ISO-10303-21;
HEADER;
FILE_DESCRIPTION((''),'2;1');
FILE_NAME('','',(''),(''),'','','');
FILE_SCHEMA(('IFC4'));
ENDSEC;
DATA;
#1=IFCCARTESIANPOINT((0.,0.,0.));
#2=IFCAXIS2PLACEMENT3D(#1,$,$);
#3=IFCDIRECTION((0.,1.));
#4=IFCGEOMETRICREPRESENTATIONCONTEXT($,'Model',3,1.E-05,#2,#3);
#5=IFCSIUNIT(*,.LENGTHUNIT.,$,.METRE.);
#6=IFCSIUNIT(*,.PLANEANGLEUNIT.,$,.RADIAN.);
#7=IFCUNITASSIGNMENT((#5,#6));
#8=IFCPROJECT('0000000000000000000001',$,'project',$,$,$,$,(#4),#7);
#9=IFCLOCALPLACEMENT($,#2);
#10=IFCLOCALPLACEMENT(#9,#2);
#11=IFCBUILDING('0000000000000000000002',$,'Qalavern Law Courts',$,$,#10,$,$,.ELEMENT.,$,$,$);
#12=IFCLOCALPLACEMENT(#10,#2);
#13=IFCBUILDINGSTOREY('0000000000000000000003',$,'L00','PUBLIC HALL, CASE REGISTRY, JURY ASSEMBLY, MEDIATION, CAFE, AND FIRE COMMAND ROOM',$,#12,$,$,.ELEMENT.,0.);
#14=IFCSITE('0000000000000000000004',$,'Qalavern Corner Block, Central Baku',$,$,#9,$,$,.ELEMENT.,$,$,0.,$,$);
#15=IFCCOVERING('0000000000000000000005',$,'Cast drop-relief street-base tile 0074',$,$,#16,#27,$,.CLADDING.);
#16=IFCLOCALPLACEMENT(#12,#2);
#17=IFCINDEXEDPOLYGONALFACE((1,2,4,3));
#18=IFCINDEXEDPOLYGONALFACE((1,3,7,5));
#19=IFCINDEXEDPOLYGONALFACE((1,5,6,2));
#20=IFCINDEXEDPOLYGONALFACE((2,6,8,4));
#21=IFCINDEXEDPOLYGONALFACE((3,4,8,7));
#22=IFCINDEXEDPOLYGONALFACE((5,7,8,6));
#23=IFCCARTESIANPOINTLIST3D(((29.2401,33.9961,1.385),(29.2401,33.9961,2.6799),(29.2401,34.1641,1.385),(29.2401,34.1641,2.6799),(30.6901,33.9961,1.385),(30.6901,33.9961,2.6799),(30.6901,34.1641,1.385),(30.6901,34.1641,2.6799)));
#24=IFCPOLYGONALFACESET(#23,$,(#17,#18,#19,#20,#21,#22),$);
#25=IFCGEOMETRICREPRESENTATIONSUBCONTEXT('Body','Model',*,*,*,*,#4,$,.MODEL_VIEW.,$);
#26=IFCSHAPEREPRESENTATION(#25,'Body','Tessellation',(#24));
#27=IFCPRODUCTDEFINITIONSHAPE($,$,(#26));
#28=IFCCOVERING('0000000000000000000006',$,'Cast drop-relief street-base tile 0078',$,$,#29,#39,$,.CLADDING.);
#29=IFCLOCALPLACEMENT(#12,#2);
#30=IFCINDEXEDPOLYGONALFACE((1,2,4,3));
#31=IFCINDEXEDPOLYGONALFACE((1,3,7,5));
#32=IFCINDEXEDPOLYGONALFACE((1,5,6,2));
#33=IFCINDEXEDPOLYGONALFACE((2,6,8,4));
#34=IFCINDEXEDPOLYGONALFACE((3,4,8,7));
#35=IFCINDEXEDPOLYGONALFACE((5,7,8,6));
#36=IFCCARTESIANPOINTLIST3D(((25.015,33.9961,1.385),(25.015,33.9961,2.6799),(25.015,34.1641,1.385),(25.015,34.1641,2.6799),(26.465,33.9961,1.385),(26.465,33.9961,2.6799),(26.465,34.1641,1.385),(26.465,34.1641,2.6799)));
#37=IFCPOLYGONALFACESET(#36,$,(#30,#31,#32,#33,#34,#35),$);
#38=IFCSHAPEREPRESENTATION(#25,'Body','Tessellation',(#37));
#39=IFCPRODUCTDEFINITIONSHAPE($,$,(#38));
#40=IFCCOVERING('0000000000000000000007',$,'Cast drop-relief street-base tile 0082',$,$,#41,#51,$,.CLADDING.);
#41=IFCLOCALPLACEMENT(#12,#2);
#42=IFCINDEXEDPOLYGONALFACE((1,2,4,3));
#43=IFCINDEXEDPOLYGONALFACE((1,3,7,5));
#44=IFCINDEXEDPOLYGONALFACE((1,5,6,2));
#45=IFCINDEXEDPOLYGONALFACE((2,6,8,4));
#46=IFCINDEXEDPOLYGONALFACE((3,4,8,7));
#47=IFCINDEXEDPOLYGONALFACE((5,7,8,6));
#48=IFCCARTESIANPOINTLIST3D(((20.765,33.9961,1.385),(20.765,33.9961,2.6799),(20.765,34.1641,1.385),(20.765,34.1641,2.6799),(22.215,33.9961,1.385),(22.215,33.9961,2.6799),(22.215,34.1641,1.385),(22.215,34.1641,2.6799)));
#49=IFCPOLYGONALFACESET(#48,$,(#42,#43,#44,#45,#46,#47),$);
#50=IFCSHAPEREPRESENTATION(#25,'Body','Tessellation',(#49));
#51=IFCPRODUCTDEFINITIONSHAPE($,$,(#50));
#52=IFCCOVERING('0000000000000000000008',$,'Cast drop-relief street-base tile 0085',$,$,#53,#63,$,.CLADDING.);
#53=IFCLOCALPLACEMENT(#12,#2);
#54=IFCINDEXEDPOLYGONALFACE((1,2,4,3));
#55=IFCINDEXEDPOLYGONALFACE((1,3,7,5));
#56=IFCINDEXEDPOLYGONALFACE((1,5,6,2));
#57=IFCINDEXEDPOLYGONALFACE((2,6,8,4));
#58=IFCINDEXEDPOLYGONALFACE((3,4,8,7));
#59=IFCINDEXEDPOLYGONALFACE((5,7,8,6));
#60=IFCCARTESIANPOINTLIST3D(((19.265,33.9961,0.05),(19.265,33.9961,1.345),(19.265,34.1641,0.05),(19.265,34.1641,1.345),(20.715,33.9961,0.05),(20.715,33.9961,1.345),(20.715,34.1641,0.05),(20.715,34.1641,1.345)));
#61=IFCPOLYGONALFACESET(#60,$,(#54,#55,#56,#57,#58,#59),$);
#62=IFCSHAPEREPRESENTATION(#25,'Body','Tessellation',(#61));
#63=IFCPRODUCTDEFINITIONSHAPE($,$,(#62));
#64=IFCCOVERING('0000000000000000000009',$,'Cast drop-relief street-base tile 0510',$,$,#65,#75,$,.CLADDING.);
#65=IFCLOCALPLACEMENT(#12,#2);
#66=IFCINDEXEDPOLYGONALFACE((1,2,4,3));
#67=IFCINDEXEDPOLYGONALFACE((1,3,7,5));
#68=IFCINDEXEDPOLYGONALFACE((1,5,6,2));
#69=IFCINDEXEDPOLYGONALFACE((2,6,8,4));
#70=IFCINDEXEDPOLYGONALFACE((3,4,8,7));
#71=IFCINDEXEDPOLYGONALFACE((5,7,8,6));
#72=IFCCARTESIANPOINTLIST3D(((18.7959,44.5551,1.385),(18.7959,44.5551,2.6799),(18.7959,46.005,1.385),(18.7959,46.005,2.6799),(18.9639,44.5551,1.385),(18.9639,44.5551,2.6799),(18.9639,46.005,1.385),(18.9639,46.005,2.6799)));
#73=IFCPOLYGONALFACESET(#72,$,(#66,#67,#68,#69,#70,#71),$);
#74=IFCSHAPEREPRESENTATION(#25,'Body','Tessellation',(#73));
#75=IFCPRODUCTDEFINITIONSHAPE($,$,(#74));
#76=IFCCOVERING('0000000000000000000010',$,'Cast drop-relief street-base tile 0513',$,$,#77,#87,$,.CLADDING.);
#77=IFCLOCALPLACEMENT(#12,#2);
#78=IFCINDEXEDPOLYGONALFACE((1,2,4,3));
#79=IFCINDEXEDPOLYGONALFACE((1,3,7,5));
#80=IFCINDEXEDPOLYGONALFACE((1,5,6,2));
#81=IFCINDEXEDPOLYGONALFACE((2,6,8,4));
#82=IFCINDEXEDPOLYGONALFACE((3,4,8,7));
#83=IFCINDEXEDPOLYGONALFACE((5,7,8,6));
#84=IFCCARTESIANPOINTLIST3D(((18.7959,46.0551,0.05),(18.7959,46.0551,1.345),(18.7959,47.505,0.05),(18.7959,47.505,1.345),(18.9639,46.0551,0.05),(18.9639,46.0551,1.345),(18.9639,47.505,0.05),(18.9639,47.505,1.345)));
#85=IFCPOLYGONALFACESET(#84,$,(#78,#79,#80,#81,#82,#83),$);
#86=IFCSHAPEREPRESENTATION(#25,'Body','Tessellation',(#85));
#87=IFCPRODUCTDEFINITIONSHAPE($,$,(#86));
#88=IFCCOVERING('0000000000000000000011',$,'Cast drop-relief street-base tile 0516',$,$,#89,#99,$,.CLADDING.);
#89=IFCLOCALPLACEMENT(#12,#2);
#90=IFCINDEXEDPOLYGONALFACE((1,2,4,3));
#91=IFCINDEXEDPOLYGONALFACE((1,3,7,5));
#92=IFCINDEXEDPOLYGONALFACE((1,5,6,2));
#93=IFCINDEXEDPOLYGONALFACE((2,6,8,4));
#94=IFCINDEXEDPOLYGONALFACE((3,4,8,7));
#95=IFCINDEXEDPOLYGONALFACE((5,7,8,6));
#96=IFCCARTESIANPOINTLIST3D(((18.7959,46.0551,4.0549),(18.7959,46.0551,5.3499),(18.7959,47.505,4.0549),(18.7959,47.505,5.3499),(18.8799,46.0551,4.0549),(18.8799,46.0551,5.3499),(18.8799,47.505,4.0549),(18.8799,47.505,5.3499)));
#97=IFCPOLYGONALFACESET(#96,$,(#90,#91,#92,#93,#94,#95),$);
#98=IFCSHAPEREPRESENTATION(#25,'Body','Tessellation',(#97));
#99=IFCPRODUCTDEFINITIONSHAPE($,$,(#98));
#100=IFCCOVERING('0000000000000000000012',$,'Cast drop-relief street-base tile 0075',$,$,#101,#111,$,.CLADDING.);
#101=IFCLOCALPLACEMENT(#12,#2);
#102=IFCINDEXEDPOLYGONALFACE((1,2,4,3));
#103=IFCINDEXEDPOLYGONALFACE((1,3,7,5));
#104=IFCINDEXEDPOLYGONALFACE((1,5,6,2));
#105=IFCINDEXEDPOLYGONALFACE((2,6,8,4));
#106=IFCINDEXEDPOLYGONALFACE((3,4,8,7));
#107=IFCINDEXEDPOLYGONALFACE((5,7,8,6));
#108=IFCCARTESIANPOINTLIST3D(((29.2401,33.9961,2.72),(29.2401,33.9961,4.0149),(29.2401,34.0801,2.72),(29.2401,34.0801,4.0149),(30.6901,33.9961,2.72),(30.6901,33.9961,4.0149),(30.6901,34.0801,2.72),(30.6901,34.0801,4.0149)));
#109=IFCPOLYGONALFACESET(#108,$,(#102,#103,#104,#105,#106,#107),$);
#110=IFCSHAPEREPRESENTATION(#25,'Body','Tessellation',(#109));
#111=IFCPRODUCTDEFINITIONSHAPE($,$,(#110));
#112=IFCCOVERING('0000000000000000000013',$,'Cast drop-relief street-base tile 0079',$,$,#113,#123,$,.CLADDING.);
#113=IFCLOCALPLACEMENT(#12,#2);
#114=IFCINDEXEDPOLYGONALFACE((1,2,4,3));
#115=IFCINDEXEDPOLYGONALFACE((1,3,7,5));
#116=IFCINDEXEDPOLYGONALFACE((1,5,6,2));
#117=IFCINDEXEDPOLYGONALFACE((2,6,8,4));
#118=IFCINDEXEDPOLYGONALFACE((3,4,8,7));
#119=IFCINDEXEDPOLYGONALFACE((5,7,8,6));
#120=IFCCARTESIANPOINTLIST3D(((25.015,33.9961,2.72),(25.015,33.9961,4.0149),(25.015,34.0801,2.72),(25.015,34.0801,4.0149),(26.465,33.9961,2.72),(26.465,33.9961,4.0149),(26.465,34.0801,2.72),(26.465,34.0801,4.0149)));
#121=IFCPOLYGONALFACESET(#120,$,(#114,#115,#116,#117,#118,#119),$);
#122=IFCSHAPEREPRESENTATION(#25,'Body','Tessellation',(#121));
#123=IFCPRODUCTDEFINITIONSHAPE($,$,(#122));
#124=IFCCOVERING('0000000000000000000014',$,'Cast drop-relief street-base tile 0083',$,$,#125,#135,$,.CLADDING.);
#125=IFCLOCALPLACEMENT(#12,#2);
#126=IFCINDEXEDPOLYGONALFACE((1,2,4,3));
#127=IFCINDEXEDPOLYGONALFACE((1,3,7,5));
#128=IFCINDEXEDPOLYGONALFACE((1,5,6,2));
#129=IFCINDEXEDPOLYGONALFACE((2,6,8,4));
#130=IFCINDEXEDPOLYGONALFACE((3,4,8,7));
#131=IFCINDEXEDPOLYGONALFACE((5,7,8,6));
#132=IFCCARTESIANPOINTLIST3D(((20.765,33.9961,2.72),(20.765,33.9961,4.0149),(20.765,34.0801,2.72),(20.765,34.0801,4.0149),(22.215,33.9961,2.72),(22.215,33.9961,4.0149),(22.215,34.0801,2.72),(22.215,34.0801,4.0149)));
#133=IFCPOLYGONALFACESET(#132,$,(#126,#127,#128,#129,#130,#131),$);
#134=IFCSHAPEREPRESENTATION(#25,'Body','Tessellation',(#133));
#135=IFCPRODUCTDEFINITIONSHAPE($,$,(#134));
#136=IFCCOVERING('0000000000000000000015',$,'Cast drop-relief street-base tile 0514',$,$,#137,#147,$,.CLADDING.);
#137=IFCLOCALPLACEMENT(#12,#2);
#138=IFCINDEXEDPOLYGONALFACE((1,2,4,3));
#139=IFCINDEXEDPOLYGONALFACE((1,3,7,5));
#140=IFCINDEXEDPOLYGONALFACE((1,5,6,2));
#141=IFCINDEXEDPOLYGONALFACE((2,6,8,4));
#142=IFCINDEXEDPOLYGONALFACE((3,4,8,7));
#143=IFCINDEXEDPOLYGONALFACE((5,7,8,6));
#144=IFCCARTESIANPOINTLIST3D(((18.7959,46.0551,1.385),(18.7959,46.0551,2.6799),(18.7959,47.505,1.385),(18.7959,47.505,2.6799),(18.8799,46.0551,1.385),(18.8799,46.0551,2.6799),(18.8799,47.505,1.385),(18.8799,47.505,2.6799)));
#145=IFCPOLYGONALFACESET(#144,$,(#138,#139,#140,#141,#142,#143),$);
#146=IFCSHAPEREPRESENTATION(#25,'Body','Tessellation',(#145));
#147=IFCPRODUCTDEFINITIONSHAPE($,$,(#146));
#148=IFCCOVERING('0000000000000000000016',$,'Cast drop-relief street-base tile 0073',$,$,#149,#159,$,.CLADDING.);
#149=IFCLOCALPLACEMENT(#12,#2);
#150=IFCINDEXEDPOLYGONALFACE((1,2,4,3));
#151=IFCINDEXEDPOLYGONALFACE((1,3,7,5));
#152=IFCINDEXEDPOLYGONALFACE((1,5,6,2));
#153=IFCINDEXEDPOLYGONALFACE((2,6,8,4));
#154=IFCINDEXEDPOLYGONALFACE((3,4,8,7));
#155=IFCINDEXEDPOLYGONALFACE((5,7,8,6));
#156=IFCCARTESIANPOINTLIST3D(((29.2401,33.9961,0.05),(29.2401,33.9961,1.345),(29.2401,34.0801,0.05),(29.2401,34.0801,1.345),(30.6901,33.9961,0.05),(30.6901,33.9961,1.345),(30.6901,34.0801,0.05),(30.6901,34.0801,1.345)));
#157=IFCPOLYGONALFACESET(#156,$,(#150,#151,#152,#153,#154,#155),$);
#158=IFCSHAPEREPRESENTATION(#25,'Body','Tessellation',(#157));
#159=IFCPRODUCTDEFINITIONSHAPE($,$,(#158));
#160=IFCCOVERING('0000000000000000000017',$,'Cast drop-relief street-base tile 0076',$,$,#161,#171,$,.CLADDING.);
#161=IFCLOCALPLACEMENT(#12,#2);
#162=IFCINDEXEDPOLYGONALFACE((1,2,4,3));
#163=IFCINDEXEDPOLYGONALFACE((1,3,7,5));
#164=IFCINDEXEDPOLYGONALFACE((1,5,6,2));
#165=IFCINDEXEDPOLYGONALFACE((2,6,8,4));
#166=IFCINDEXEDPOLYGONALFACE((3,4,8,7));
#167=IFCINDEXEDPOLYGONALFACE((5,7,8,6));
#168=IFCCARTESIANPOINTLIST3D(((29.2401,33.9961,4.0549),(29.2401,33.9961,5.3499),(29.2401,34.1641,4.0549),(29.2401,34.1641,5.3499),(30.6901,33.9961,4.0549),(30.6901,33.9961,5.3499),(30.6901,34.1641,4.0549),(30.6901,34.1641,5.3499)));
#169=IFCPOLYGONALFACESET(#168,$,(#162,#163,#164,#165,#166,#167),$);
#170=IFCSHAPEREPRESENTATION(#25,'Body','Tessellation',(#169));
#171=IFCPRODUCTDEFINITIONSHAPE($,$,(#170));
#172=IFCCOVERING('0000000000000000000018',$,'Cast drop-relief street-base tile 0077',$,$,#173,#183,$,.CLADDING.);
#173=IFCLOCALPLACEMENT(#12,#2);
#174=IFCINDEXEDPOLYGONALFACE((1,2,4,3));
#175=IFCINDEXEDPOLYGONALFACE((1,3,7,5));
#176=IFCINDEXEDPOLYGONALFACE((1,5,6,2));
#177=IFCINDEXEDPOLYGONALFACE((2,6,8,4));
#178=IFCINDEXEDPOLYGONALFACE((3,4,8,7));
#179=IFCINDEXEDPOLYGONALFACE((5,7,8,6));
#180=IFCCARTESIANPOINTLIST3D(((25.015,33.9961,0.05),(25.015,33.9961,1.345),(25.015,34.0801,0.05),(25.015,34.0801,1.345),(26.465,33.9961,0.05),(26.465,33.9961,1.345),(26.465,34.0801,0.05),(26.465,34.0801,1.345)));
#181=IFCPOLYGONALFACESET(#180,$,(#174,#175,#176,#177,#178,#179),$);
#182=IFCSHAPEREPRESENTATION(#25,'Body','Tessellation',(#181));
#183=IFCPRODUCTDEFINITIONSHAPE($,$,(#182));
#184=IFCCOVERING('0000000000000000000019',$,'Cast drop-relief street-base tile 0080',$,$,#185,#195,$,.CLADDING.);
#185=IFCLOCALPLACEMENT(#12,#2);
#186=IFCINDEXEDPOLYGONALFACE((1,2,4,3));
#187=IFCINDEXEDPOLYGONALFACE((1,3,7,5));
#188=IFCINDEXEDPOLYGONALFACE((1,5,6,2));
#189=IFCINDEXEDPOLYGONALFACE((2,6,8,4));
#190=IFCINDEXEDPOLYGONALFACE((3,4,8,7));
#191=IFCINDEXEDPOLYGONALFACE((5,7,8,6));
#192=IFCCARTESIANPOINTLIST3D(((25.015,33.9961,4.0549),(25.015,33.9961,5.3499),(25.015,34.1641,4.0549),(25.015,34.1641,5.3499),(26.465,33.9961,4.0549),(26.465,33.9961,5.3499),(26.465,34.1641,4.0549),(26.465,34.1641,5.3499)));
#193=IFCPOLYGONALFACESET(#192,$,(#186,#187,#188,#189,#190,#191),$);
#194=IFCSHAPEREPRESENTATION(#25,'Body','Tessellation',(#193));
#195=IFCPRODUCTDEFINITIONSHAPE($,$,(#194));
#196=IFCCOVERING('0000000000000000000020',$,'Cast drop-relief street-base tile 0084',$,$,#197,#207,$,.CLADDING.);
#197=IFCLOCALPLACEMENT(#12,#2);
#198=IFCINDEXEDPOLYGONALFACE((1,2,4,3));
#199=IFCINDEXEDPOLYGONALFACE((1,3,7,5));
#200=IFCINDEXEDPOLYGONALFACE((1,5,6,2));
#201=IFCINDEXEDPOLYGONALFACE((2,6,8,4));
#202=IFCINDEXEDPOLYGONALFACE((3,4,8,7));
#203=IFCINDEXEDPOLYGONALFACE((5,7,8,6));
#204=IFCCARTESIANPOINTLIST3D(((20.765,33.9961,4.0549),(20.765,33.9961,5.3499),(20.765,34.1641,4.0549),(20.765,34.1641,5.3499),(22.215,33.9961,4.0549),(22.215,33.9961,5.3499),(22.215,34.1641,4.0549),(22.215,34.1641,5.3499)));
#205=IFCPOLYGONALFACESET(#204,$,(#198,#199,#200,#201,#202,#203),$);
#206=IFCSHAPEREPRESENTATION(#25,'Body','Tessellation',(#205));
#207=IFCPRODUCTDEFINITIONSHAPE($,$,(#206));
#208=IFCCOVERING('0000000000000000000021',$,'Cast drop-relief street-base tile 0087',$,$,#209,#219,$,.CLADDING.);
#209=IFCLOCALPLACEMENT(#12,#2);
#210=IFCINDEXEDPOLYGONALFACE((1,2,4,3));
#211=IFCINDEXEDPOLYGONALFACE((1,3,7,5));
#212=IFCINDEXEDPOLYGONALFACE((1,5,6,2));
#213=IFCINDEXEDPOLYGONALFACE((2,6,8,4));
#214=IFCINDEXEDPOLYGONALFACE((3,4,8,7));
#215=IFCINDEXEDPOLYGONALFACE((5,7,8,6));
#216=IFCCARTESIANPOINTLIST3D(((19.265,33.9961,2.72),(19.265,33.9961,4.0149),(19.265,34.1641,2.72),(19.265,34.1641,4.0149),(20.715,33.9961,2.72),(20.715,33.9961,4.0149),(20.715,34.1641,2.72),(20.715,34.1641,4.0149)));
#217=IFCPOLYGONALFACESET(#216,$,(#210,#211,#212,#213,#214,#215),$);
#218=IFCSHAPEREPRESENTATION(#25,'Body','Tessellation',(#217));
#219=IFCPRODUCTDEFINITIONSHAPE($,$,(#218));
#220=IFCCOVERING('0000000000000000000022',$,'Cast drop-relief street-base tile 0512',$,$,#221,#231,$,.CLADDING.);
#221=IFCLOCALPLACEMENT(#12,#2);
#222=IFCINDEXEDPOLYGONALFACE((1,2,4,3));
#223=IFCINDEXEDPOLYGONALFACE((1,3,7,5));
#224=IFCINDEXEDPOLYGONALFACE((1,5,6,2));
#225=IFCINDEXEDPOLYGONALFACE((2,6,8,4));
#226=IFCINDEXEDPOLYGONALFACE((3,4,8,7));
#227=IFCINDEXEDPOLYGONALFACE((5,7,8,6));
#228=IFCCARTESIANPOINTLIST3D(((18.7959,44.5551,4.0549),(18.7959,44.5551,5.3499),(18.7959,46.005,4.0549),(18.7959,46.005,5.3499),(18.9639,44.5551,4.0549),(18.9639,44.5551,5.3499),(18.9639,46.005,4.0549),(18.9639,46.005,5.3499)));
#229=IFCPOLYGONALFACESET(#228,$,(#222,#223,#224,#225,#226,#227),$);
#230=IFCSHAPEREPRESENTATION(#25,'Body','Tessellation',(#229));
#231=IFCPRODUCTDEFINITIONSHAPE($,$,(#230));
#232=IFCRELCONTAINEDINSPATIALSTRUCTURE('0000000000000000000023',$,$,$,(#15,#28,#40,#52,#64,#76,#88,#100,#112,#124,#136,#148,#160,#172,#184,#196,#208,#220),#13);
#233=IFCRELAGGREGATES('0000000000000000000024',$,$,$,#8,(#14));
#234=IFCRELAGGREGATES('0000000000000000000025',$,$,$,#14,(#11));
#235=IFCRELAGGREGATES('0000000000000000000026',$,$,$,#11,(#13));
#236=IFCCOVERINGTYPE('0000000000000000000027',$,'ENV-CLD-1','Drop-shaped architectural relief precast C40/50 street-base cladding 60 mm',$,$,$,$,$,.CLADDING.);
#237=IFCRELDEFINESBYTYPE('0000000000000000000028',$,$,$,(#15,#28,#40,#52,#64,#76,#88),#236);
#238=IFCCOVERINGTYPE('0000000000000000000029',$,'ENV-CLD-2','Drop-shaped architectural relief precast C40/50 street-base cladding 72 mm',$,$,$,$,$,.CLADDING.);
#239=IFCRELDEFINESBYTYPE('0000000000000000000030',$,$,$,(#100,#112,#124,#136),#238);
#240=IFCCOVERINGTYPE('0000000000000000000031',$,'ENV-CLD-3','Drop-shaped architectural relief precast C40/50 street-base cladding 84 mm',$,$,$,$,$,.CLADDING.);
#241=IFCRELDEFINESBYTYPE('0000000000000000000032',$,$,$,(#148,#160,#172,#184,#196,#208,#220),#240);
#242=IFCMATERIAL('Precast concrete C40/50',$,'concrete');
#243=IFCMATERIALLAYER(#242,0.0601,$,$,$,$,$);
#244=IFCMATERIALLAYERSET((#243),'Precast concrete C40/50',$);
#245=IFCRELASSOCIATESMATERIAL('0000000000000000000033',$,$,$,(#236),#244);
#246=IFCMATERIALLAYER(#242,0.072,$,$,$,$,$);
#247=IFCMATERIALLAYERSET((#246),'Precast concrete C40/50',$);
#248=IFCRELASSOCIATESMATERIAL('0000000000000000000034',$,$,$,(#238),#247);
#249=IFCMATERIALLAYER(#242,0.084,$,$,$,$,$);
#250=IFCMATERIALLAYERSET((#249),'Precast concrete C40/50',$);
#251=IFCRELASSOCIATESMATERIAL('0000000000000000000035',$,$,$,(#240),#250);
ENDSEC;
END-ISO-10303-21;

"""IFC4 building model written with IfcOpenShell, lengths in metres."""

from ifc_helpers import new_model, si_unit, direction, frame, origin, origin_2d, place, context, subcontext, project, spatial, rectangle, extrude, material, layer, layer_set, type_object, element, save


model = new_model("IFC4")

# Units and contexts
model_context = context("Model", 3, precision=1e-05, world=origin(), true_north=direction((0.0, 1.0)))
body_context = subcontext(model_context, "Body", "Model", "MODEL_VIEW")
ifc_project = project(units=[si_unit("LENGTHUNIT", "METRE"), si_unit("PLANEANGLEUNIT", "RADIAN")], contexts=[model_context])

# Site, building, storey
site_placement = place(None, origin())
site = spatial("IfcSite", under=ifc_project, at=site_placement, Name="Qalavern Corner Block, Central Baku", CompositionType="ELEMENT", RefElevation=0.0)
building_placement = place(site_placement, origin())
building = spatial("IfcBuilding", under=site, at=building_placement, Name="Qalavern Law Courts", CompositionType="ELEMENT")
storey_placement = place(building_placement, origin())
storey = spatial("IfcBuildingStorey", under=building, at=storey_placement, Name="L00", Description="PUBLIC HALL, CASE REGISTRY, JURY ASSEMBLY, MEDIATION, CAFE, AND FIRE COMMAND ROOM", CompositionType="ELEMENT", Elevation=0.0)

# Coverings
ifc_material = material(Name="Precast concrete C40/50", Category="concrete")
ifc_layer_1 = layer(ifc_material, 0.0601)
ifc_layer_set_1 = layer_set([ifc_layer_1], Name="Precast concrete C40/50")
covering_type_1 = type_object("IfcCoveringType", Name="ENV-CLD-1", Description="Drop-shaped architectural relief precast C40/50 street-base cladding 60 mm", PredefinedType="CLADDING", material=ifc_layer_set_1)
for number, where, z_axis, x_axis, name in (
    (1, (29.9651, 34.0801, 1.385), (0.0, 0.0, 1.0), (-1.0, 0.0, 0.0), "Cast drop-relief street-base tile 0074"),
    (2, (25.74, 34.0801, 1.385), (0.0, 0.0, 1.0), (-1.0, 0.0, 0.0), "Cast drop-relief street-base tile 0078"),
    (3, (21.49, 34.0801, 1.385), (0.0, 0.0, 1.0), (-1.0, 0.0, 0.0), "Cast drop-relief street-base tile 0082"),
    (4, (19.99, 34.0801, 0.05), (0.0, 0.0, 1.0), (-1.0, 0.0, 0.0), "Cast drop-relief street-base tile 0085"),
    (5, (18.8799, 45.28, 1.385), (0.0, 0.0, 1.0), (0.0, 1.0, 0.0), "Cast drop-relief street-base tile 0510"),
    (6, (18.8799, 46.78, 0.05), (0.0, 0.0, 1.0), (0.0, 1.0, 0.0), "Cast drop-relief street-base tile 0513"),
):
    element("IfcCovering", number, at=place(storey_placement, frame(where, z_axis=z_axis, x_axis=x_axis)), inside=storey, type_object=covering_type_1, Name=name, PredefinedType="CLADDING", context=body_context, shape_type="SweptSolid", body=[
        extrude(rectangle(XDim=1.45, YDim=0.168, at=origin_2d()), origin(), (0.0, 0.0, 1.0), 1.2949),
    ])
covering_1_placement = place(storey_placement, frame((18.8379, 46.78, 4.0549), z_axis=(0.0, 0.0, 1.0), x_axis=(0.0, 1.0, 0.0)))
element("IfcCovering", 7, at=covering_1_placement, inside=storey, type_object=covering_type_1, Name="Cast drop-relief street-base tile 0516", PredefinedType="CLADDING", context=body_context, shape_type="SweptSolid", body=[
    extrude(rectangle(XDim=1.45, YDim=0.084, at=origin_2d()), origin(), (0.0, 0.0, 1.0), 1.2949),
])
ifc_layer_2 = layer(ifc_material, 0.072)
ifc_layer_set_2 = layer_set([ifc_layer_2], Name="Precast concrete C40/50")
covering_type_2 = type_object("IfcCoveringType", Name="ENV-CLD-2", Description="Drop-shaped architectural relief precast C40/50 street-base cladding 72 mm", PredefinedType="CLADDING", material=ifc_layer_set_2)
for number, where, z_axis, x_axis, name in (
    (8, (29.9651, 34.0381, 2.72), (0.0, 0.0, 1.0), (-1.0, 0.0, 0.0), "Cast drop-relief street-base tile 0075"),
    (9, (25.74, 34.0381, 2.72), (0.0, 0.0, 1.0), (-1.0, 0.0, 0.0), "Cast drop-relief street-base tile 0079"),
    (10, (21.49, 34.0381, 2.72), (0.0, 0.0, 1.0), (-1.0, 0.0, 0.0), "Cast drop-relief street-base tile 0083"),
    (11, (18.8379, 46.78, 1.385), (0.0, 0.0, 1.0), (0.0, 1.0, 0.0), "Cast drop-relief street-base tile 0514"),
):
    element("IfcCovering", number, at=place(storey_placement, frame(where, z_axis=z_axis, x_axis=x_axis)), inside=storey, type_object=covering_type_2, Name=name, PredefinedType="CLADDING", context=body_context, shape_type="SweptSolid", body=[
        extrude(rectangle(XDim=1.45, YDim=0.084, at=origin_2d()), origin(), (0.0, 0.0, 1.0), 1.2949),
    ])
ifc_layer_3 = layer(ifc_material, 0.084)
ifc_layer_set_3 = layer_set([ifc_layer_3], Name="Precast concrete C40/50")
covering_type_3 = type_object("IfcCoveringType", Name="ENV-CLD-3", Description="Drop-shaped architectural relief precast C40/50 street-base cladding 84 mm", PredefinedType="CLADDING", material=ifc_layer_set_3)
covering_2_placement = place(storey_placement, frame((29.9651, 34.0381, 0.05), z_axis=(0.0, 0.0, 1.0), x_axis=(-1.0, 0.0, 0.0)))
element("IfcCovering", 12, at=covering_2_placement, inside=storey, type_object=covering_type_3, Name="Cast drop-relief street-base tile 0073", PredefinedType="CLADDING", context=body_context, shape_type="SweptSolid", body=[
    extrude(rectangle(XDim=1.45, YDim=0.084, at=origin_2d()), origin(), (0.0, 0.0, 1.0), 1.2949),
])
covering_3_placement = place(storey_placement, frame((29.9651, 34.0801, 4.0549), z_axis=(0.0, 0.0, 1.0), x_axis=(-1.0, 0.0, 0.0)))
element("IfcCovering", 13, at=covering_3_placement, inside=storey, type_object=covering_type_3, Name="Cast drop-relief street-base tile 0076", PredefinedType="CLADDING", context=body_context, shape_type="SweptSolid", body=[
    extrude(rectangle(XDim=1.45, YDim=0.168, at=origin_2d()), origin(), (0.0, 0.0, 1.0), 1.2949),
])
covering_4_placement = place(storey_placement, frame((25.74, 34.0381, 0.05), z_axis=(0.0, 0.0, 1.0), x_axis=(-1.0, 0.0, 0.0)))
element("IfcCovering", 14, at=covering_4_placement, inside=storey, type_object=covering_type_3, Name="Cast drop-relief street-base tile 0077", PredefinedType="CLADDING", context=body_context, shape_type="SweptSolid", body=[
    extrude(rectangle(XDim=1.45, YDim=0.084, at=origin_2d()), origin(), (0.0, 0.0, 1.0), 1.2949),
])
for number, where, z_axis, x_axis, name in (
    (15, (25.74, 34.0801, 4.0549), (0.0, 0.0, 1.0), (-1.0, 0.0, 0.0), "Cast drop-relief street-base tile 0080"),
    (16, (21.49, 34.0801, 4.0549), (0.0, 0.0, 1.0), (-1.0, 0.0, 0.0), "Cast drop-relief street-base tile 0084"),
    (17, (19.99, 34.0801, 2.72), (0.0, 0.0, 1.0), (-1.0, 0.0, 0.0), "Cast drop-relief street-base tile 0087"),
    (18, (18.8799, 45.28, 4.0549), (0.0, 0.0, 1.0), (0.0, 1.0, 0.0), "Cast drop-relief street-base tile 0512"),
):
    element("IfcCovering", number, at=place(storey_placement, frame(where, z_axis=z_axis, x_axis=x_axis)), inside=storey, type_object=covering_type_3, Name=name, PredefinedType="CLADDING", context=body_context, shape_type="SweptSolid", body=[
        extrude(rectangle(XDim=1.45, YDim=0.168, at=origin_2d()), origin(), (0.0, 0.0, 1.0), 1.2949),
    ])

save(model, "model.ifc")
